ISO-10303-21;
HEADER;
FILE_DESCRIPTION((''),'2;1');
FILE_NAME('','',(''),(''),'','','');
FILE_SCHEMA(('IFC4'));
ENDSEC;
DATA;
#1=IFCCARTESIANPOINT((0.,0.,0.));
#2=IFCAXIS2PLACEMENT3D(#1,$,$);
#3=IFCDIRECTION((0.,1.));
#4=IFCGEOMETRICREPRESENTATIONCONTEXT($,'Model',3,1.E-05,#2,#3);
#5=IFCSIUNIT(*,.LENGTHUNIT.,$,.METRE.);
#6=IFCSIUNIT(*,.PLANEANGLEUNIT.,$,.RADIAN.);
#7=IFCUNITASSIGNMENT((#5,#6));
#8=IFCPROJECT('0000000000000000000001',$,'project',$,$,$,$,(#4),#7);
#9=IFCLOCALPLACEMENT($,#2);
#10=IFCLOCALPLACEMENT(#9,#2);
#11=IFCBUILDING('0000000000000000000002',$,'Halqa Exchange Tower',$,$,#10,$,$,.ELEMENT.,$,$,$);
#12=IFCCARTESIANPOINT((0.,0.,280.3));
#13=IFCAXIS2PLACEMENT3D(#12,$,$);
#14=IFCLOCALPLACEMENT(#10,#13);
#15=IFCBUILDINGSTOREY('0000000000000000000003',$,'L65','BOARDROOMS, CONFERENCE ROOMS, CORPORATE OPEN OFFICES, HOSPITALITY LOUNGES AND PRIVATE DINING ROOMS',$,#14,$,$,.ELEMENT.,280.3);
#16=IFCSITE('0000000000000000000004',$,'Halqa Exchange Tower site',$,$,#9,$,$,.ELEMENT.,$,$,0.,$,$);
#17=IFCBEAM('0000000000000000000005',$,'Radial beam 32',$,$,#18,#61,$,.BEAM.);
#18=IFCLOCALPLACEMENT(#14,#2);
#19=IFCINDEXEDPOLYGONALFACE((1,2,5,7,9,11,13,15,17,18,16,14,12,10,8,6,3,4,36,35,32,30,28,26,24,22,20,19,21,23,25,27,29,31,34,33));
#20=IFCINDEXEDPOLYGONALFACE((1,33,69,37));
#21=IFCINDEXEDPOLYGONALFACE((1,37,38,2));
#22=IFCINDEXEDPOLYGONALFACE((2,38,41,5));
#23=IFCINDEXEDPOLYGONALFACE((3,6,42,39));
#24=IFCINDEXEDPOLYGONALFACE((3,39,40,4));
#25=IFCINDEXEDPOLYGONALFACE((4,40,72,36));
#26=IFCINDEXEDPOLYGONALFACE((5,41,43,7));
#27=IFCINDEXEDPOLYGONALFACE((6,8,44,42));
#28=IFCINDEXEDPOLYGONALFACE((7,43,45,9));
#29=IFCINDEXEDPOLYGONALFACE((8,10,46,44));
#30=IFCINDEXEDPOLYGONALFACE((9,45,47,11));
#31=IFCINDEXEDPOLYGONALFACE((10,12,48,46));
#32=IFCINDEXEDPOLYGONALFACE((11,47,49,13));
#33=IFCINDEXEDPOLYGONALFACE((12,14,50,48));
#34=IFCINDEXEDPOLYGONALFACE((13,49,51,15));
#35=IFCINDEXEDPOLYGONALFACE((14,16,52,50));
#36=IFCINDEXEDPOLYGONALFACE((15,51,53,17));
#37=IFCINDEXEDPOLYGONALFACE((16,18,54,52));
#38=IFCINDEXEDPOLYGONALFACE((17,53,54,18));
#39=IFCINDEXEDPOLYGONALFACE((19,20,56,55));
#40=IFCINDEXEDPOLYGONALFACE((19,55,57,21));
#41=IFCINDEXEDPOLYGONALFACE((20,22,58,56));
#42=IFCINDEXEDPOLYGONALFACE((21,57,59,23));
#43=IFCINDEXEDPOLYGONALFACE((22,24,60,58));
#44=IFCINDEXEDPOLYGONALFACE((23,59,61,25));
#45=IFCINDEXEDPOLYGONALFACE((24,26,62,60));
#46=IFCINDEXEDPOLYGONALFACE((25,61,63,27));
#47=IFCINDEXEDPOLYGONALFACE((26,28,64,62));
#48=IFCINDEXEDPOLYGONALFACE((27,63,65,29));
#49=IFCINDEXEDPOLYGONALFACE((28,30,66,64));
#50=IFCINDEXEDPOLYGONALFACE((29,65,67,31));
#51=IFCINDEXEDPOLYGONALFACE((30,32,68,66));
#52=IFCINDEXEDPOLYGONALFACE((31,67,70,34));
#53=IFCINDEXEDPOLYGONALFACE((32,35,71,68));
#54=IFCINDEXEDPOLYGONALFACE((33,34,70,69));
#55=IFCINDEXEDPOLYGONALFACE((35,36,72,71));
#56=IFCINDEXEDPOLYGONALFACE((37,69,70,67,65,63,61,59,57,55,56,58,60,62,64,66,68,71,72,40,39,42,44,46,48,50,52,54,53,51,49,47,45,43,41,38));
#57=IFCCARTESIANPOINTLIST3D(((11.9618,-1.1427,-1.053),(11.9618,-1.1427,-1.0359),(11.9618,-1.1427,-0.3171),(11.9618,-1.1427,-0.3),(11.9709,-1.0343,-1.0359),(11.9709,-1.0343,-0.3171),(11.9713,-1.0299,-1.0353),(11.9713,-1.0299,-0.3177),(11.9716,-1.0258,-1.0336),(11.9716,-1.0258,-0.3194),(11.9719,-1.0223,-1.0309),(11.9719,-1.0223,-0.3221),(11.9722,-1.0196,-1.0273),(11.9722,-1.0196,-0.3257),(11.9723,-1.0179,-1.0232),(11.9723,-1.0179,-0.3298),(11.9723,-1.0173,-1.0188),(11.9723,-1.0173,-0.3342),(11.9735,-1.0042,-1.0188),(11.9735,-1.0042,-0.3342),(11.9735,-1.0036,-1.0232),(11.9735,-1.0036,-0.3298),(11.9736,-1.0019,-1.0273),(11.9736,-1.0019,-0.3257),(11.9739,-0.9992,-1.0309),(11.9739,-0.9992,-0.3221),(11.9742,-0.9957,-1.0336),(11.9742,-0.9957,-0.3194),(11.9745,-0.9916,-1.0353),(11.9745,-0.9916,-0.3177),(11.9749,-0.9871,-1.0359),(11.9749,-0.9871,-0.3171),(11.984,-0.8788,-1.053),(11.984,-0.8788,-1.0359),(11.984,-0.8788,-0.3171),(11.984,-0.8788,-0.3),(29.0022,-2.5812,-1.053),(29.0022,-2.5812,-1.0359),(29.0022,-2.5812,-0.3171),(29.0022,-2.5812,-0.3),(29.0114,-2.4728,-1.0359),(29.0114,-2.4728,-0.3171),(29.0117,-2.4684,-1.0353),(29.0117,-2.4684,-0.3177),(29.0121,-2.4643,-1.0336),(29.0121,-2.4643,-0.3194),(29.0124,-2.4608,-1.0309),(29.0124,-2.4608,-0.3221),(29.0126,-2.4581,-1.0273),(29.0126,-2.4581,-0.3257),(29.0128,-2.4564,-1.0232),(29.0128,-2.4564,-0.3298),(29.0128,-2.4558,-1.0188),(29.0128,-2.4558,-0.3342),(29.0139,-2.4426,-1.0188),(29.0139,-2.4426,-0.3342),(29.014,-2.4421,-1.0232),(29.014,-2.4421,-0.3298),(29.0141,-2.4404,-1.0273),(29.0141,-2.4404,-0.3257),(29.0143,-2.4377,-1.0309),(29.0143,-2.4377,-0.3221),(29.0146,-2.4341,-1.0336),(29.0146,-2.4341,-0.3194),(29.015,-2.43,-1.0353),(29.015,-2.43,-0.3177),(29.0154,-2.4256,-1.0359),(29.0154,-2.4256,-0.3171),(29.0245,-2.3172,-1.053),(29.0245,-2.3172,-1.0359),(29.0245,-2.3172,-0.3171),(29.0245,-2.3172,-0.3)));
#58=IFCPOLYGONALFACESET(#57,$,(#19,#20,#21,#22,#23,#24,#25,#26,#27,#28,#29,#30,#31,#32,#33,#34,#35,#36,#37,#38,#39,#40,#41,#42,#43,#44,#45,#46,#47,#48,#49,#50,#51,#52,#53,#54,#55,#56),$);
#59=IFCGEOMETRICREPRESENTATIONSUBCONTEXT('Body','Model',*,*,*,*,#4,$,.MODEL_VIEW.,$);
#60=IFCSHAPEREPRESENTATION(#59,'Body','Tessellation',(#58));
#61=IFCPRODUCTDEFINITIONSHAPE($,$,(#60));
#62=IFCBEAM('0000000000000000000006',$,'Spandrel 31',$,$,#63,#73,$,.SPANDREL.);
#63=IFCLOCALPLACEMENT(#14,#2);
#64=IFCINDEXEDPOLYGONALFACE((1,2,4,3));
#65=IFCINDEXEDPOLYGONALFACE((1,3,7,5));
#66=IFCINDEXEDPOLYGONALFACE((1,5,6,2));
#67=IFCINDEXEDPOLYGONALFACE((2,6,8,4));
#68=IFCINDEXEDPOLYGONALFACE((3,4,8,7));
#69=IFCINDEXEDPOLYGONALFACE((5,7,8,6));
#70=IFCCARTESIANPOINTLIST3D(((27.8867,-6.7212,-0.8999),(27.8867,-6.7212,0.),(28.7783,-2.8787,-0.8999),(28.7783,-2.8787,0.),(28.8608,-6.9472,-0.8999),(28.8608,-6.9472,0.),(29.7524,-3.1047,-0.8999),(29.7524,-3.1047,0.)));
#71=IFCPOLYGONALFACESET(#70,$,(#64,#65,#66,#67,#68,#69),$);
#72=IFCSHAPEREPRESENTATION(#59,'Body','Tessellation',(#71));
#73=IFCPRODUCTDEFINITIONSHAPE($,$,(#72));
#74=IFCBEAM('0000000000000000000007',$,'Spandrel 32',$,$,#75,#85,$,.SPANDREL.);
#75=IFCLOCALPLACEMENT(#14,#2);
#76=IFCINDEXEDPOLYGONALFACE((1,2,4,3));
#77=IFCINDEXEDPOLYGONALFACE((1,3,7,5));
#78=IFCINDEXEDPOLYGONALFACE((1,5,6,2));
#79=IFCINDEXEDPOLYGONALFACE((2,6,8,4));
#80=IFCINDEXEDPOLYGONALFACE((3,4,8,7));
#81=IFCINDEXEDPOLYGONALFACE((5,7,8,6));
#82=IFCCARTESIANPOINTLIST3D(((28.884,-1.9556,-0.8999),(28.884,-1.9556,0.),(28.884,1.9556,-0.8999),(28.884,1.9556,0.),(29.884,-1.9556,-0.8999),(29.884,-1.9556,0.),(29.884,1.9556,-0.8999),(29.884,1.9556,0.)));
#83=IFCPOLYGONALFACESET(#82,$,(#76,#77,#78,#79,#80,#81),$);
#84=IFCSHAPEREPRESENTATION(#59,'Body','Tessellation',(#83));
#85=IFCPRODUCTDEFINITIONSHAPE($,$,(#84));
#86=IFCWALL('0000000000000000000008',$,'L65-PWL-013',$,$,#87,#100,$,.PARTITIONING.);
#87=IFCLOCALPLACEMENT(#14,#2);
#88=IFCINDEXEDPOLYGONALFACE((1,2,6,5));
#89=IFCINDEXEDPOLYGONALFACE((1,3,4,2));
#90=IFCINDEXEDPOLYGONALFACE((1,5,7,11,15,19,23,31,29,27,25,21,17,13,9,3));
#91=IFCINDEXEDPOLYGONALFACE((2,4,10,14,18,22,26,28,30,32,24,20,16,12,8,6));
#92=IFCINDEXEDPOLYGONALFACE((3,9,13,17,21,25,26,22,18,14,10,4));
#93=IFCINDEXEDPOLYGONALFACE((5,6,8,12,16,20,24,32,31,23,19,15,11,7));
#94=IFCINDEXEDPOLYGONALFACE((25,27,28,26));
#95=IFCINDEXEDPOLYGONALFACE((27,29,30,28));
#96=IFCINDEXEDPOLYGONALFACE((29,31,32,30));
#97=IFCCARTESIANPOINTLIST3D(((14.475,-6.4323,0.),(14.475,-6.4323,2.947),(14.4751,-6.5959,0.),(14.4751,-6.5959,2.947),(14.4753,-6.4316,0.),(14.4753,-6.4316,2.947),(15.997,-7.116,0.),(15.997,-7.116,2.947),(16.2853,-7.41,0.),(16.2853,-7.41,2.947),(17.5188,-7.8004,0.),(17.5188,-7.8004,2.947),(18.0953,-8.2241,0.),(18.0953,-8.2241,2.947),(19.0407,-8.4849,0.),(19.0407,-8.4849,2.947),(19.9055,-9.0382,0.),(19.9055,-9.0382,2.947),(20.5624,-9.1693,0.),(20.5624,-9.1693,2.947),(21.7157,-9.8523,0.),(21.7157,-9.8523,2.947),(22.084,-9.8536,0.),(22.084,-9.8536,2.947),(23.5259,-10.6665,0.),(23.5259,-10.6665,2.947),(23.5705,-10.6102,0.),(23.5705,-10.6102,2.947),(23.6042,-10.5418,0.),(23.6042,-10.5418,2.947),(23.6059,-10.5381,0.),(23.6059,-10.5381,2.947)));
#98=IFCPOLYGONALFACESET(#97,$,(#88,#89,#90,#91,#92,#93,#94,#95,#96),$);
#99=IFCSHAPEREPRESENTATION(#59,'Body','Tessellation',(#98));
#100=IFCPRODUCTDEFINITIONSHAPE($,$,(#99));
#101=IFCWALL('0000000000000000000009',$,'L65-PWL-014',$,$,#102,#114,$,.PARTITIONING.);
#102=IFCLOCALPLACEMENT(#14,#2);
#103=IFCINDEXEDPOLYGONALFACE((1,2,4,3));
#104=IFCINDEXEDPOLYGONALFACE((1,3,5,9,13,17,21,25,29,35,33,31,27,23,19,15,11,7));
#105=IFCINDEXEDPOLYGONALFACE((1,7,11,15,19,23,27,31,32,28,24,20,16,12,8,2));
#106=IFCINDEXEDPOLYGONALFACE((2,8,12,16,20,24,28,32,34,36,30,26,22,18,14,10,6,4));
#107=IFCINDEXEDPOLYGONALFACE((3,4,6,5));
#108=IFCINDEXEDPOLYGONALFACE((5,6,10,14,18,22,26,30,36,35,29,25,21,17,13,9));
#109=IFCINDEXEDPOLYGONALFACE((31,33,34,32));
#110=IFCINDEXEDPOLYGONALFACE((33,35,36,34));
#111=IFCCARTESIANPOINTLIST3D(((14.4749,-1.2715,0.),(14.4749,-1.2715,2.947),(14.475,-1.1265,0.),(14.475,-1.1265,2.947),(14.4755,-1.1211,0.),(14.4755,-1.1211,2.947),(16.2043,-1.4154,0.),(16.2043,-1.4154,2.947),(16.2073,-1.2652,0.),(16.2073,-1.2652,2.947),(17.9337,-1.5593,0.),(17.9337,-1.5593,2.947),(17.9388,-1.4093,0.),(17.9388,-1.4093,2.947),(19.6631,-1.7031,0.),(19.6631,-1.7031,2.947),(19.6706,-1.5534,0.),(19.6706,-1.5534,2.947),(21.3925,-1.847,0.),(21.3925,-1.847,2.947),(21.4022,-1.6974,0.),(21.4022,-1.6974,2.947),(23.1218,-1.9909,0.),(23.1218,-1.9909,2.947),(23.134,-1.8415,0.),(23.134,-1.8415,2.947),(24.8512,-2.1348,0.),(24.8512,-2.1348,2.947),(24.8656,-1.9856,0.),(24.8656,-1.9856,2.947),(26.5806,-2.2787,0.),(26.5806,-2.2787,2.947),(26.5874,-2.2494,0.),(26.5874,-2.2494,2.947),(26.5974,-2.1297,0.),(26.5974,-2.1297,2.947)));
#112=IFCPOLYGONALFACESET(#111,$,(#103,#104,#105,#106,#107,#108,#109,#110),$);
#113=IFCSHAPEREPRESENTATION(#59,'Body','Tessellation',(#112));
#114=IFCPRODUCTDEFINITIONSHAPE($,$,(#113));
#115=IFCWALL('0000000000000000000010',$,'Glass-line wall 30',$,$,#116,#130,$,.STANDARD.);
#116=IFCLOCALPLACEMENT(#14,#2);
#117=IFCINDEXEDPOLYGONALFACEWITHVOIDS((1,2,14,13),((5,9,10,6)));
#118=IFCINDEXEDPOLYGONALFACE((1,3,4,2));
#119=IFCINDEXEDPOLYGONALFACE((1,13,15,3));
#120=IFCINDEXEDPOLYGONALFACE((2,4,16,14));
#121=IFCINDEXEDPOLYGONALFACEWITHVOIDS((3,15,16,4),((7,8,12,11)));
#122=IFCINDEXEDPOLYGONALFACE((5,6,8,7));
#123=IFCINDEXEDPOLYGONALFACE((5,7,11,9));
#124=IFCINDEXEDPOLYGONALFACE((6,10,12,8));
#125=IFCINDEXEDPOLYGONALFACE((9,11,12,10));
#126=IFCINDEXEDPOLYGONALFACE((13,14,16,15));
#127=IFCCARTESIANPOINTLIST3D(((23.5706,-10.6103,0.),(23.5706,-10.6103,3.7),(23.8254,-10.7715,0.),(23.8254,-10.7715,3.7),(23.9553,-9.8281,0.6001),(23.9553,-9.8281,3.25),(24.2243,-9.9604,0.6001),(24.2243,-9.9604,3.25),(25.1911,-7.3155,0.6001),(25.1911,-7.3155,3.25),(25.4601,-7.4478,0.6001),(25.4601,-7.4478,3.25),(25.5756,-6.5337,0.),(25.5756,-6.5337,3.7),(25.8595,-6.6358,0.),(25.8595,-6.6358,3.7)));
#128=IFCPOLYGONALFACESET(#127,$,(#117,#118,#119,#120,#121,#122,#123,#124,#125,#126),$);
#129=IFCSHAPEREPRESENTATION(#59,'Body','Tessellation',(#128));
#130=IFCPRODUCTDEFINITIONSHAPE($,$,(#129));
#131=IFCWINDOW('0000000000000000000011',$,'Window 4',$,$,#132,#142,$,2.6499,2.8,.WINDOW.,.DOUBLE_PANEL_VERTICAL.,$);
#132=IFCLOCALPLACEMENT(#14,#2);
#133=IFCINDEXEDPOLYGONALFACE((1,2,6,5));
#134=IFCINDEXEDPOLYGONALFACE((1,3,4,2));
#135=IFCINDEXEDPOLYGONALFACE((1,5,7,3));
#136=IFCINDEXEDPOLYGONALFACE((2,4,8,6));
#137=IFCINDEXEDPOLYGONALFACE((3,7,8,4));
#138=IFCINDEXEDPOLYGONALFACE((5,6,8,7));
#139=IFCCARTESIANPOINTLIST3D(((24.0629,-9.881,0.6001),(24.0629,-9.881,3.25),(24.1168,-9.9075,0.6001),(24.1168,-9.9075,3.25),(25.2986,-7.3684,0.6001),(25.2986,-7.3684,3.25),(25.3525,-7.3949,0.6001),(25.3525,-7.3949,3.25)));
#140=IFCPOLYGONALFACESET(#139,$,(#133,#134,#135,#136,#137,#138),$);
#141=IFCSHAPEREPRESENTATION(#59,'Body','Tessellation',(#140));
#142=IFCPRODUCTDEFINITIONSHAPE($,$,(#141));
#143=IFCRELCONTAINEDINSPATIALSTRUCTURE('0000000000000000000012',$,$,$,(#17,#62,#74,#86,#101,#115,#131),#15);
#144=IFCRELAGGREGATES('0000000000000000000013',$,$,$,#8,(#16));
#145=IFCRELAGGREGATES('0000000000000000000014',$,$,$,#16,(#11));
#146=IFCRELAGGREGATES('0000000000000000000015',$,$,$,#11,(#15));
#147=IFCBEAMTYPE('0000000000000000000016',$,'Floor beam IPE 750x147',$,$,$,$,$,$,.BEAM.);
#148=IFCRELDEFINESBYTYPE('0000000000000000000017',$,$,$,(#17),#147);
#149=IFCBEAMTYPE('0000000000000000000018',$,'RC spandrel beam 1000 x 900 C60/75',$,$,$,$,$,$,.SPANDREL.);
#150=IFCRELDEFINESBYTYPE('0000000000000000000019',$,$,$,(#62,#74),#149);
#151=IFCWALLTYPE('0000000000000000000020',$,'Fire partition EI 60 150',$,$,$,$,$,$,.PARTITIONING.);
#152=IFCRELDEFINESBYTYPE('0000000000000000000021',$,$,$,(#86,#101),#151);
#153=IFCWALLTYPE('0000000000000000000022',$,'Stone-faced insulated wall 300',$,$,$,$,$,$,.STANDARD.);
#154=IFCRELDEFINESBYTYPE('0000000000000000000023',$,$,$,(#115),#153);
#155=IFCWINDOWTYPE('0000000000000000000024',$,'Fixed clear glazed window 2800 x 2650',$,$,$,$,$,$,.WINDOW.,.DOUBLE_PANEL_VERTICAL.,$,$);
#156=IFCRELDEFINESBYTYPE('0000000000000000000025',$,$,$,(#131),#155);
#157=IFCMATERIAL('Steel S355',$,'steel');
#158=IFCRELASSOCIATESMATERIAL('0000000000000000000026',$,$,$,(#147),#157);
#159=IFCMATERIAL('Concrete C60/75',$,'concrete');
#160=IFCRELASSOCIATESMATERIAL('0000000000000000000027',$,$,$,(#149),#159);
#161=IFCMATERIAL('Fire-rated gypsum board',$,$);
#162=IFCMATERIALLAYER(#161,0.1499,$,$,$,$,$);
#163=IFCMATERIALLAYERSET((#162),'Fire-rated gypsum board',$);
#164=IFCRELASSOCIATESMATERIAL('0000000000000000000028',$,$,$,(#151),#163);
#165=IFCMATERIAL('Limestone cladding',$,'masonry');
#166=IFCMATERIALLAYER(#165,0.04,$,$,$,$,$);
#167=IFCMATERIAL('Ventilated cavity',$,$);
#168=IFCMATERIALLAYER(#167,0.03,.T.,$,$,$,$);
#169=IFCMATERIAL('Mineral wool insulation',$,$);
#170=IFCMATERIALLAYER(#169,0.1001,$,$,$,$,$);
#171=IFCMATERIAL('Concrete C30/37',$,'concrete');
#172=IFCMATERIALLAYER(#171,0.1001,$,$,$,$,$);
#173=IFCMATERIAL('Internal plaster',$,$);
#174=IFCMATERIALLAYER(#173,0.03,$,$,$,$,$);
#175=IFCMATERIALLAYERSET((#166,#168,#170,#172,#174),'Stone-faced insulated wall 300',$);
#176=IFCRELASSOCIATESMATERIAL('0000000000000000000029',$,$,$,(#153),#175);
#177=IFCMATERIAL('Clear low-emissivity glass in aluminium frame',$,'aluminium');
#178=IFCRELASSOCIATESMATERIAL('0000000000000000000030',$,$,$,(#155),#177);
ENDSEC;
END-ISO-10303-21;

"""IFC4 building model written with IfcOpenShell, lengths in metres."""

from ifc_helpers import new_model, si_unit, direction, frame, frame_2d, origin, origin_2d, place, context, subcontext, project, spatial, polyline, rectangle, i_section, outline, extrude, material, layer, layer_set, material_profile, profile_set, type_object, element, fill, save


model = new_model("IFC4")

# Units and contexts
model_context = context("Model", 3, precision=1e-05, world=origin(), true_north=direction((0.0, 1.0)))
body_context = subcontext(model_context, "Body", "Model", "MODEL_VIEW")
ifc_project = project(units=[si_unit("LENGTHUNIT", "METRE"), si_unit("PLANEANGLEUNIT", "RADIAN")], contexts=[model_context])

# Site, building, storey
site_placement = place(None, origin())
site = spatial("IfcSite", under=ifc_project, at=site_placement, Name="Halqa Exchange Tower site", CompositionType="ELEMENT", RefElevation=0.0)
building_placement = place(site_placement, origin())
building = spatial("IfcBuilding", under=site, at=building_placement, Name="Halqa Exchange Tower", CompositionType="ELEMENT")
storey_placement = place(building_placement, frame((0.0, 0.0, 280.3)))
storey = spatial("IfcBuildingStorey", under=building, at=storey_placement, Name="L65", Description="BOARDROOMS, CONFERENCE ROOMS, CORPORATE OPEN OFFICES, HOSPITALITY LOUNGES AND PRIVATE DINING ROOMS", CompositionType="ELEMENT", Elevation=280.3)

# Shared definitions
ifc_material_1 = material(Name="Concrete C60/75", Category="concrete")

# Beams
ifc_material_2 = material(Name="Steel S355", Category="steel")
ifc_material_profile_1 = material_profile(ifc_material_2, i_section(OverallWidth=0.2649, OverallDepth=0.7529, WebThickness=0.0132, FlangeThickness=0.0171, FilletRadius=0.0171, at=origin_2d()), Name="IPE 750x147")
ifc_profile_set_1 = profile_set([ifc_material_profile_1], Name="Steel S355")
beam_type_1 = type_object("IfcBeamType", Name="Floor beam IPE 750x147", PredefinedType="BEAM", material=ifc_profile_set_1)
beam_1_placement = place(storey_placement, frame((11.9729, -1.0107, -0.6765), z_axis=(0.996456, -0.084116, 0.0), x_axis=(0.084116, 0.996456, 0.0)))
element("IfcBeam", 1, at=beam_1_placement, inside=storey, type_object=beam_type_1, Name="Radial beam 32", PredefinedType="BEAM", context=body_context, shape_type="SweptSolid", body=[
    extrude(i_section(OverallWidth=0.2649, OverallDepth=0.7529, WebThickness=0.0132, FlangeThickness=0.0171, FilletRadius=0.0171, at=origin_2d()), origin(), (0.0, 0.0, 1.0), 17.1011),
])
ifc_material_profile_2 = material_profile(ifc_material_1, rectangle(XDim=1.0, YDim=0.8999, at=origin_2d()), Name="1000 x 900")
ifc_profile_set_2 = profile_set([ifc_material_profile_2], Name="Concrete C60/75")
beam_type_2 = type_object("IfcBeamType", Name="RC spandrel beam 1000 x 900 C60/75", PredefinedType="SPANDREL", material=ifc_profile_set_2)
beam_2_placement = place(storey_placement, frame((28.3738, -6.8342, -0.45), z_axis=(0.22603, 0.97412, 0.0), x_axis=(-0.97412, 0.22603, 0.0)))
element("IfcBeam", 2, at=beam_2_placement, inside=storey, type_object=beam_type_2, Name="Spandrel 31", PredefinedType="SPANDREL", context=body_context, shape_type="SweptSolid", body=[
    extrude(rectangle(XDim=1.0, YDim=0.8999, at=origin_2d()), origin(), (0.0, 0.0, 1.0), 3.9446),
])
beam_3_placement = place(storey_placement, frame((29.384, -1.9556, -0.45), z_axis=(0.0, 1.0, 0.0), x_axis=(-1.0, 0.0, 0.0)))
element("IfcBeam", 3, at=beam_3_placement, inside=storey, type_object=beam_type_2, Name="Spandrel 32", PredefinedType="SPANDREL", context=body_context, shape_type="SweptSolid", body=[
    extrude(rectangle(XDim=1.0, YDim=0.8999, at=origin_2d()), origin(), (0.0, 0.0, 1.0), 3.9111),
])

# Walls
ifc_material_3 = material(Name="Fire-rated gypsum board")
ifc_layer_1 = layer(ifc_material_3, 0.1499)
ifc_layer_set_1 = layer_set([ifc_layer_1], Name="Fire-rated gypsum board")
wall_type_1 = type_object("IfcWallType", Name="Fire partition EI 60 150", PredefinedType="PARTITIONING", material=ifc_layer_set_1)
wall_1_placement = place(storey_placement, frame((14.4446, -6.5, 0.0), z_axis=(0.0, 0.0, 1.0), x_axis=(0.912009, -0.410171, 0.0)))
element("IfcWall", 4, at=wall_1_placement, inside=storey, type_object=wall_type_1, Name="L65-PWL-013", PredefinedType="PARTITIONING", context=body_context, shape_type="SweptSolid", body=[
    extrude(outline(polyline([(0.0671, -0.075), (2.052, -0.075), (4.0366, -0.075), (6.0215, -0.075), (8.0063, -0.075), (9.9912, -0.075), (10.0088, -0.0054), (10.0115, 0.0708), (10.0115, 0.075), (8.3428, 0.075), (6.6743, 0.075), (5.0059, 0.075), (3.3372, 0.075), (1.6685, 0.075), (0.0, 0.075), (0.0, 0.0742), (0.0671, -0.075)])), origin(), (0.0, 0.0, 1.0), 2.947),
])
wall_2_placement = place(storey_placement, frame((14.4692, -1.1958, 0.0), z_axis=(0.0, 0.0, 1.0), x_axis=(0.996557, -0.082914, 0.0)))
element("IfcWall", 5, at=wall_2_placement, inside=storey, type_object=wall_type_1, Name="L65-PWL-014", PredefinedType="PARTITIONING", context=body_context, shape_type="SweptSolid", body=[
    extrude(outline(polyline([(0.012, -0.075), (1.7473, -0.075), (3.4827, -0.075), (5.218, -0.075), (6.9534, -0.075), (8.6887, -0.075), (10.4241, -0.075), (12.1594, -0.075), (12.1638, -0.0452), (12.1638, 0.075), (10.426, 0.075), (8.6885, 0.075), (6.9507, 0.075), (5.2131, 0.075), (3.4753, 0.075), (1.7378, 0.075), (0.0, 0.075), (0.0, 0.0696), (0.012, -0.075)])), origin(), (0.0, 0.0, 1.0), 2.947),
])

# Wall, opening, window
ifc_material_4 = material(Name="Limestone cladding", Category="masonry")
ifc_layer_2 = layer(ifc_material_4, 0.04)
ifc_material_5 = material(Name="Ventilated cavity")
ifc_layer_3 = layer(ifc_material_5, 0.03, ventilated=True)
ifc_material_6 = material(Name="Mineral wool insulation")
ifc_layer_4 = layer(ifc_material_6, 0.1001)
ifc_material_7 = material(Name="Concrete C30/37", Category="concrete")
ifc_layer_5 = layer(ifc_material_7, 0.1001)
ifc_material_8 = material(Name="Internal plaster")
ifc_layer_6 = layer(ifc_material_8, 0.03)
ifc_layer_set_2 = layer_set([ifc_layer_2, ifc_layer_3, ifc_layer_4, ifc_layer_5, ifc_layer_6], Name="Stone-faced insulated wall 300")
wall_type_2 = type_object("IfcWallType", Name="Stone-faced insulated wall 300", PredefinedType="STANDARD", material=ifc_layer_set_2)
wall_3_placement = place(storey_placement, frame((23.698, -10.6909, 0.0), z_axis=(0.0, 0.0, 1.0), x_axis=(0.441335, 0.897342, 0.0)))
wall_3 = element("IfcWall", 6, at=wall_3_placement, inside=storey, type_object=wall_type_2, Name="Glass-line wall 30", PredefinedType="STANDARD", context=body_context, shape_type="SweptSolid", body=[
    extrude(outline(polyline([(-0.0161, -0.1499), (4.5928, -0.1499), (4.5591, 0.1499), (0.0161, 0.1499), (-0.0161, -0.1499)])), origin(), (0.0, 0.0, 1.0), 3.7),
])
opening_1_placement = place(wall_3_placement, frame((0.8879, 0.0, 0.6001)))
opening_1 = element("IfcOpeningElement", 7, at=opening_1_placement, cuts=wall_3, PredefinedType="OPENING", context=body_context, shape_type="SweptSolid", body=[
    extrude(rectangle(XDim=2.8, YDim=2.6499, at=frame_2d((1.3999, 1.325))), frame((0.0, 0.1621, 0.0), z_axis=(0.0, -1.0, 0.0), x_axis=(1.0, 0.0, 0.0)), (0.0, 0.0, 1.0), 0.324),
])
ifc_material_9 = material(Name="Clear low-emissivity glass in aluminium frame", Category="aluminium")
window_type = type_object("IfcWindowType", Name="Fixed clear glazed window 2800 x 2650", PartitioningType="DOUBLE_PANEL_VERTICAL", PredefinedType="WINDOW", material=ifc_material_9)
window_1_placement = place(opening_1_placement, origin())
window_1 = element("IfcWindow", 8, at=window_1_placement, inside=storey, type_object=window_type, Name="Window 4", OverallHeight=2.6499, OverallWidth=2.8, PartitioningType="DOUBLE_PANEL_VERTICAL", PredefinedType="WINDOW", context=body_context, shape_type="SweptSolid", body=[
    extrude(rectangle(XDim=2.8, YDim=2.6499, at=frame_2d((1.3999, 1.325))), frame((0.0, 0.03, 0.0), z_axis=(0.0, -1.0, 0.0), x_axis=(1.0, 0.0, 0.0)), (0.0, 0.0, 1.0), 0.0601),
])
fill(opening_1, window_1)

save(model, "model.ifc")
